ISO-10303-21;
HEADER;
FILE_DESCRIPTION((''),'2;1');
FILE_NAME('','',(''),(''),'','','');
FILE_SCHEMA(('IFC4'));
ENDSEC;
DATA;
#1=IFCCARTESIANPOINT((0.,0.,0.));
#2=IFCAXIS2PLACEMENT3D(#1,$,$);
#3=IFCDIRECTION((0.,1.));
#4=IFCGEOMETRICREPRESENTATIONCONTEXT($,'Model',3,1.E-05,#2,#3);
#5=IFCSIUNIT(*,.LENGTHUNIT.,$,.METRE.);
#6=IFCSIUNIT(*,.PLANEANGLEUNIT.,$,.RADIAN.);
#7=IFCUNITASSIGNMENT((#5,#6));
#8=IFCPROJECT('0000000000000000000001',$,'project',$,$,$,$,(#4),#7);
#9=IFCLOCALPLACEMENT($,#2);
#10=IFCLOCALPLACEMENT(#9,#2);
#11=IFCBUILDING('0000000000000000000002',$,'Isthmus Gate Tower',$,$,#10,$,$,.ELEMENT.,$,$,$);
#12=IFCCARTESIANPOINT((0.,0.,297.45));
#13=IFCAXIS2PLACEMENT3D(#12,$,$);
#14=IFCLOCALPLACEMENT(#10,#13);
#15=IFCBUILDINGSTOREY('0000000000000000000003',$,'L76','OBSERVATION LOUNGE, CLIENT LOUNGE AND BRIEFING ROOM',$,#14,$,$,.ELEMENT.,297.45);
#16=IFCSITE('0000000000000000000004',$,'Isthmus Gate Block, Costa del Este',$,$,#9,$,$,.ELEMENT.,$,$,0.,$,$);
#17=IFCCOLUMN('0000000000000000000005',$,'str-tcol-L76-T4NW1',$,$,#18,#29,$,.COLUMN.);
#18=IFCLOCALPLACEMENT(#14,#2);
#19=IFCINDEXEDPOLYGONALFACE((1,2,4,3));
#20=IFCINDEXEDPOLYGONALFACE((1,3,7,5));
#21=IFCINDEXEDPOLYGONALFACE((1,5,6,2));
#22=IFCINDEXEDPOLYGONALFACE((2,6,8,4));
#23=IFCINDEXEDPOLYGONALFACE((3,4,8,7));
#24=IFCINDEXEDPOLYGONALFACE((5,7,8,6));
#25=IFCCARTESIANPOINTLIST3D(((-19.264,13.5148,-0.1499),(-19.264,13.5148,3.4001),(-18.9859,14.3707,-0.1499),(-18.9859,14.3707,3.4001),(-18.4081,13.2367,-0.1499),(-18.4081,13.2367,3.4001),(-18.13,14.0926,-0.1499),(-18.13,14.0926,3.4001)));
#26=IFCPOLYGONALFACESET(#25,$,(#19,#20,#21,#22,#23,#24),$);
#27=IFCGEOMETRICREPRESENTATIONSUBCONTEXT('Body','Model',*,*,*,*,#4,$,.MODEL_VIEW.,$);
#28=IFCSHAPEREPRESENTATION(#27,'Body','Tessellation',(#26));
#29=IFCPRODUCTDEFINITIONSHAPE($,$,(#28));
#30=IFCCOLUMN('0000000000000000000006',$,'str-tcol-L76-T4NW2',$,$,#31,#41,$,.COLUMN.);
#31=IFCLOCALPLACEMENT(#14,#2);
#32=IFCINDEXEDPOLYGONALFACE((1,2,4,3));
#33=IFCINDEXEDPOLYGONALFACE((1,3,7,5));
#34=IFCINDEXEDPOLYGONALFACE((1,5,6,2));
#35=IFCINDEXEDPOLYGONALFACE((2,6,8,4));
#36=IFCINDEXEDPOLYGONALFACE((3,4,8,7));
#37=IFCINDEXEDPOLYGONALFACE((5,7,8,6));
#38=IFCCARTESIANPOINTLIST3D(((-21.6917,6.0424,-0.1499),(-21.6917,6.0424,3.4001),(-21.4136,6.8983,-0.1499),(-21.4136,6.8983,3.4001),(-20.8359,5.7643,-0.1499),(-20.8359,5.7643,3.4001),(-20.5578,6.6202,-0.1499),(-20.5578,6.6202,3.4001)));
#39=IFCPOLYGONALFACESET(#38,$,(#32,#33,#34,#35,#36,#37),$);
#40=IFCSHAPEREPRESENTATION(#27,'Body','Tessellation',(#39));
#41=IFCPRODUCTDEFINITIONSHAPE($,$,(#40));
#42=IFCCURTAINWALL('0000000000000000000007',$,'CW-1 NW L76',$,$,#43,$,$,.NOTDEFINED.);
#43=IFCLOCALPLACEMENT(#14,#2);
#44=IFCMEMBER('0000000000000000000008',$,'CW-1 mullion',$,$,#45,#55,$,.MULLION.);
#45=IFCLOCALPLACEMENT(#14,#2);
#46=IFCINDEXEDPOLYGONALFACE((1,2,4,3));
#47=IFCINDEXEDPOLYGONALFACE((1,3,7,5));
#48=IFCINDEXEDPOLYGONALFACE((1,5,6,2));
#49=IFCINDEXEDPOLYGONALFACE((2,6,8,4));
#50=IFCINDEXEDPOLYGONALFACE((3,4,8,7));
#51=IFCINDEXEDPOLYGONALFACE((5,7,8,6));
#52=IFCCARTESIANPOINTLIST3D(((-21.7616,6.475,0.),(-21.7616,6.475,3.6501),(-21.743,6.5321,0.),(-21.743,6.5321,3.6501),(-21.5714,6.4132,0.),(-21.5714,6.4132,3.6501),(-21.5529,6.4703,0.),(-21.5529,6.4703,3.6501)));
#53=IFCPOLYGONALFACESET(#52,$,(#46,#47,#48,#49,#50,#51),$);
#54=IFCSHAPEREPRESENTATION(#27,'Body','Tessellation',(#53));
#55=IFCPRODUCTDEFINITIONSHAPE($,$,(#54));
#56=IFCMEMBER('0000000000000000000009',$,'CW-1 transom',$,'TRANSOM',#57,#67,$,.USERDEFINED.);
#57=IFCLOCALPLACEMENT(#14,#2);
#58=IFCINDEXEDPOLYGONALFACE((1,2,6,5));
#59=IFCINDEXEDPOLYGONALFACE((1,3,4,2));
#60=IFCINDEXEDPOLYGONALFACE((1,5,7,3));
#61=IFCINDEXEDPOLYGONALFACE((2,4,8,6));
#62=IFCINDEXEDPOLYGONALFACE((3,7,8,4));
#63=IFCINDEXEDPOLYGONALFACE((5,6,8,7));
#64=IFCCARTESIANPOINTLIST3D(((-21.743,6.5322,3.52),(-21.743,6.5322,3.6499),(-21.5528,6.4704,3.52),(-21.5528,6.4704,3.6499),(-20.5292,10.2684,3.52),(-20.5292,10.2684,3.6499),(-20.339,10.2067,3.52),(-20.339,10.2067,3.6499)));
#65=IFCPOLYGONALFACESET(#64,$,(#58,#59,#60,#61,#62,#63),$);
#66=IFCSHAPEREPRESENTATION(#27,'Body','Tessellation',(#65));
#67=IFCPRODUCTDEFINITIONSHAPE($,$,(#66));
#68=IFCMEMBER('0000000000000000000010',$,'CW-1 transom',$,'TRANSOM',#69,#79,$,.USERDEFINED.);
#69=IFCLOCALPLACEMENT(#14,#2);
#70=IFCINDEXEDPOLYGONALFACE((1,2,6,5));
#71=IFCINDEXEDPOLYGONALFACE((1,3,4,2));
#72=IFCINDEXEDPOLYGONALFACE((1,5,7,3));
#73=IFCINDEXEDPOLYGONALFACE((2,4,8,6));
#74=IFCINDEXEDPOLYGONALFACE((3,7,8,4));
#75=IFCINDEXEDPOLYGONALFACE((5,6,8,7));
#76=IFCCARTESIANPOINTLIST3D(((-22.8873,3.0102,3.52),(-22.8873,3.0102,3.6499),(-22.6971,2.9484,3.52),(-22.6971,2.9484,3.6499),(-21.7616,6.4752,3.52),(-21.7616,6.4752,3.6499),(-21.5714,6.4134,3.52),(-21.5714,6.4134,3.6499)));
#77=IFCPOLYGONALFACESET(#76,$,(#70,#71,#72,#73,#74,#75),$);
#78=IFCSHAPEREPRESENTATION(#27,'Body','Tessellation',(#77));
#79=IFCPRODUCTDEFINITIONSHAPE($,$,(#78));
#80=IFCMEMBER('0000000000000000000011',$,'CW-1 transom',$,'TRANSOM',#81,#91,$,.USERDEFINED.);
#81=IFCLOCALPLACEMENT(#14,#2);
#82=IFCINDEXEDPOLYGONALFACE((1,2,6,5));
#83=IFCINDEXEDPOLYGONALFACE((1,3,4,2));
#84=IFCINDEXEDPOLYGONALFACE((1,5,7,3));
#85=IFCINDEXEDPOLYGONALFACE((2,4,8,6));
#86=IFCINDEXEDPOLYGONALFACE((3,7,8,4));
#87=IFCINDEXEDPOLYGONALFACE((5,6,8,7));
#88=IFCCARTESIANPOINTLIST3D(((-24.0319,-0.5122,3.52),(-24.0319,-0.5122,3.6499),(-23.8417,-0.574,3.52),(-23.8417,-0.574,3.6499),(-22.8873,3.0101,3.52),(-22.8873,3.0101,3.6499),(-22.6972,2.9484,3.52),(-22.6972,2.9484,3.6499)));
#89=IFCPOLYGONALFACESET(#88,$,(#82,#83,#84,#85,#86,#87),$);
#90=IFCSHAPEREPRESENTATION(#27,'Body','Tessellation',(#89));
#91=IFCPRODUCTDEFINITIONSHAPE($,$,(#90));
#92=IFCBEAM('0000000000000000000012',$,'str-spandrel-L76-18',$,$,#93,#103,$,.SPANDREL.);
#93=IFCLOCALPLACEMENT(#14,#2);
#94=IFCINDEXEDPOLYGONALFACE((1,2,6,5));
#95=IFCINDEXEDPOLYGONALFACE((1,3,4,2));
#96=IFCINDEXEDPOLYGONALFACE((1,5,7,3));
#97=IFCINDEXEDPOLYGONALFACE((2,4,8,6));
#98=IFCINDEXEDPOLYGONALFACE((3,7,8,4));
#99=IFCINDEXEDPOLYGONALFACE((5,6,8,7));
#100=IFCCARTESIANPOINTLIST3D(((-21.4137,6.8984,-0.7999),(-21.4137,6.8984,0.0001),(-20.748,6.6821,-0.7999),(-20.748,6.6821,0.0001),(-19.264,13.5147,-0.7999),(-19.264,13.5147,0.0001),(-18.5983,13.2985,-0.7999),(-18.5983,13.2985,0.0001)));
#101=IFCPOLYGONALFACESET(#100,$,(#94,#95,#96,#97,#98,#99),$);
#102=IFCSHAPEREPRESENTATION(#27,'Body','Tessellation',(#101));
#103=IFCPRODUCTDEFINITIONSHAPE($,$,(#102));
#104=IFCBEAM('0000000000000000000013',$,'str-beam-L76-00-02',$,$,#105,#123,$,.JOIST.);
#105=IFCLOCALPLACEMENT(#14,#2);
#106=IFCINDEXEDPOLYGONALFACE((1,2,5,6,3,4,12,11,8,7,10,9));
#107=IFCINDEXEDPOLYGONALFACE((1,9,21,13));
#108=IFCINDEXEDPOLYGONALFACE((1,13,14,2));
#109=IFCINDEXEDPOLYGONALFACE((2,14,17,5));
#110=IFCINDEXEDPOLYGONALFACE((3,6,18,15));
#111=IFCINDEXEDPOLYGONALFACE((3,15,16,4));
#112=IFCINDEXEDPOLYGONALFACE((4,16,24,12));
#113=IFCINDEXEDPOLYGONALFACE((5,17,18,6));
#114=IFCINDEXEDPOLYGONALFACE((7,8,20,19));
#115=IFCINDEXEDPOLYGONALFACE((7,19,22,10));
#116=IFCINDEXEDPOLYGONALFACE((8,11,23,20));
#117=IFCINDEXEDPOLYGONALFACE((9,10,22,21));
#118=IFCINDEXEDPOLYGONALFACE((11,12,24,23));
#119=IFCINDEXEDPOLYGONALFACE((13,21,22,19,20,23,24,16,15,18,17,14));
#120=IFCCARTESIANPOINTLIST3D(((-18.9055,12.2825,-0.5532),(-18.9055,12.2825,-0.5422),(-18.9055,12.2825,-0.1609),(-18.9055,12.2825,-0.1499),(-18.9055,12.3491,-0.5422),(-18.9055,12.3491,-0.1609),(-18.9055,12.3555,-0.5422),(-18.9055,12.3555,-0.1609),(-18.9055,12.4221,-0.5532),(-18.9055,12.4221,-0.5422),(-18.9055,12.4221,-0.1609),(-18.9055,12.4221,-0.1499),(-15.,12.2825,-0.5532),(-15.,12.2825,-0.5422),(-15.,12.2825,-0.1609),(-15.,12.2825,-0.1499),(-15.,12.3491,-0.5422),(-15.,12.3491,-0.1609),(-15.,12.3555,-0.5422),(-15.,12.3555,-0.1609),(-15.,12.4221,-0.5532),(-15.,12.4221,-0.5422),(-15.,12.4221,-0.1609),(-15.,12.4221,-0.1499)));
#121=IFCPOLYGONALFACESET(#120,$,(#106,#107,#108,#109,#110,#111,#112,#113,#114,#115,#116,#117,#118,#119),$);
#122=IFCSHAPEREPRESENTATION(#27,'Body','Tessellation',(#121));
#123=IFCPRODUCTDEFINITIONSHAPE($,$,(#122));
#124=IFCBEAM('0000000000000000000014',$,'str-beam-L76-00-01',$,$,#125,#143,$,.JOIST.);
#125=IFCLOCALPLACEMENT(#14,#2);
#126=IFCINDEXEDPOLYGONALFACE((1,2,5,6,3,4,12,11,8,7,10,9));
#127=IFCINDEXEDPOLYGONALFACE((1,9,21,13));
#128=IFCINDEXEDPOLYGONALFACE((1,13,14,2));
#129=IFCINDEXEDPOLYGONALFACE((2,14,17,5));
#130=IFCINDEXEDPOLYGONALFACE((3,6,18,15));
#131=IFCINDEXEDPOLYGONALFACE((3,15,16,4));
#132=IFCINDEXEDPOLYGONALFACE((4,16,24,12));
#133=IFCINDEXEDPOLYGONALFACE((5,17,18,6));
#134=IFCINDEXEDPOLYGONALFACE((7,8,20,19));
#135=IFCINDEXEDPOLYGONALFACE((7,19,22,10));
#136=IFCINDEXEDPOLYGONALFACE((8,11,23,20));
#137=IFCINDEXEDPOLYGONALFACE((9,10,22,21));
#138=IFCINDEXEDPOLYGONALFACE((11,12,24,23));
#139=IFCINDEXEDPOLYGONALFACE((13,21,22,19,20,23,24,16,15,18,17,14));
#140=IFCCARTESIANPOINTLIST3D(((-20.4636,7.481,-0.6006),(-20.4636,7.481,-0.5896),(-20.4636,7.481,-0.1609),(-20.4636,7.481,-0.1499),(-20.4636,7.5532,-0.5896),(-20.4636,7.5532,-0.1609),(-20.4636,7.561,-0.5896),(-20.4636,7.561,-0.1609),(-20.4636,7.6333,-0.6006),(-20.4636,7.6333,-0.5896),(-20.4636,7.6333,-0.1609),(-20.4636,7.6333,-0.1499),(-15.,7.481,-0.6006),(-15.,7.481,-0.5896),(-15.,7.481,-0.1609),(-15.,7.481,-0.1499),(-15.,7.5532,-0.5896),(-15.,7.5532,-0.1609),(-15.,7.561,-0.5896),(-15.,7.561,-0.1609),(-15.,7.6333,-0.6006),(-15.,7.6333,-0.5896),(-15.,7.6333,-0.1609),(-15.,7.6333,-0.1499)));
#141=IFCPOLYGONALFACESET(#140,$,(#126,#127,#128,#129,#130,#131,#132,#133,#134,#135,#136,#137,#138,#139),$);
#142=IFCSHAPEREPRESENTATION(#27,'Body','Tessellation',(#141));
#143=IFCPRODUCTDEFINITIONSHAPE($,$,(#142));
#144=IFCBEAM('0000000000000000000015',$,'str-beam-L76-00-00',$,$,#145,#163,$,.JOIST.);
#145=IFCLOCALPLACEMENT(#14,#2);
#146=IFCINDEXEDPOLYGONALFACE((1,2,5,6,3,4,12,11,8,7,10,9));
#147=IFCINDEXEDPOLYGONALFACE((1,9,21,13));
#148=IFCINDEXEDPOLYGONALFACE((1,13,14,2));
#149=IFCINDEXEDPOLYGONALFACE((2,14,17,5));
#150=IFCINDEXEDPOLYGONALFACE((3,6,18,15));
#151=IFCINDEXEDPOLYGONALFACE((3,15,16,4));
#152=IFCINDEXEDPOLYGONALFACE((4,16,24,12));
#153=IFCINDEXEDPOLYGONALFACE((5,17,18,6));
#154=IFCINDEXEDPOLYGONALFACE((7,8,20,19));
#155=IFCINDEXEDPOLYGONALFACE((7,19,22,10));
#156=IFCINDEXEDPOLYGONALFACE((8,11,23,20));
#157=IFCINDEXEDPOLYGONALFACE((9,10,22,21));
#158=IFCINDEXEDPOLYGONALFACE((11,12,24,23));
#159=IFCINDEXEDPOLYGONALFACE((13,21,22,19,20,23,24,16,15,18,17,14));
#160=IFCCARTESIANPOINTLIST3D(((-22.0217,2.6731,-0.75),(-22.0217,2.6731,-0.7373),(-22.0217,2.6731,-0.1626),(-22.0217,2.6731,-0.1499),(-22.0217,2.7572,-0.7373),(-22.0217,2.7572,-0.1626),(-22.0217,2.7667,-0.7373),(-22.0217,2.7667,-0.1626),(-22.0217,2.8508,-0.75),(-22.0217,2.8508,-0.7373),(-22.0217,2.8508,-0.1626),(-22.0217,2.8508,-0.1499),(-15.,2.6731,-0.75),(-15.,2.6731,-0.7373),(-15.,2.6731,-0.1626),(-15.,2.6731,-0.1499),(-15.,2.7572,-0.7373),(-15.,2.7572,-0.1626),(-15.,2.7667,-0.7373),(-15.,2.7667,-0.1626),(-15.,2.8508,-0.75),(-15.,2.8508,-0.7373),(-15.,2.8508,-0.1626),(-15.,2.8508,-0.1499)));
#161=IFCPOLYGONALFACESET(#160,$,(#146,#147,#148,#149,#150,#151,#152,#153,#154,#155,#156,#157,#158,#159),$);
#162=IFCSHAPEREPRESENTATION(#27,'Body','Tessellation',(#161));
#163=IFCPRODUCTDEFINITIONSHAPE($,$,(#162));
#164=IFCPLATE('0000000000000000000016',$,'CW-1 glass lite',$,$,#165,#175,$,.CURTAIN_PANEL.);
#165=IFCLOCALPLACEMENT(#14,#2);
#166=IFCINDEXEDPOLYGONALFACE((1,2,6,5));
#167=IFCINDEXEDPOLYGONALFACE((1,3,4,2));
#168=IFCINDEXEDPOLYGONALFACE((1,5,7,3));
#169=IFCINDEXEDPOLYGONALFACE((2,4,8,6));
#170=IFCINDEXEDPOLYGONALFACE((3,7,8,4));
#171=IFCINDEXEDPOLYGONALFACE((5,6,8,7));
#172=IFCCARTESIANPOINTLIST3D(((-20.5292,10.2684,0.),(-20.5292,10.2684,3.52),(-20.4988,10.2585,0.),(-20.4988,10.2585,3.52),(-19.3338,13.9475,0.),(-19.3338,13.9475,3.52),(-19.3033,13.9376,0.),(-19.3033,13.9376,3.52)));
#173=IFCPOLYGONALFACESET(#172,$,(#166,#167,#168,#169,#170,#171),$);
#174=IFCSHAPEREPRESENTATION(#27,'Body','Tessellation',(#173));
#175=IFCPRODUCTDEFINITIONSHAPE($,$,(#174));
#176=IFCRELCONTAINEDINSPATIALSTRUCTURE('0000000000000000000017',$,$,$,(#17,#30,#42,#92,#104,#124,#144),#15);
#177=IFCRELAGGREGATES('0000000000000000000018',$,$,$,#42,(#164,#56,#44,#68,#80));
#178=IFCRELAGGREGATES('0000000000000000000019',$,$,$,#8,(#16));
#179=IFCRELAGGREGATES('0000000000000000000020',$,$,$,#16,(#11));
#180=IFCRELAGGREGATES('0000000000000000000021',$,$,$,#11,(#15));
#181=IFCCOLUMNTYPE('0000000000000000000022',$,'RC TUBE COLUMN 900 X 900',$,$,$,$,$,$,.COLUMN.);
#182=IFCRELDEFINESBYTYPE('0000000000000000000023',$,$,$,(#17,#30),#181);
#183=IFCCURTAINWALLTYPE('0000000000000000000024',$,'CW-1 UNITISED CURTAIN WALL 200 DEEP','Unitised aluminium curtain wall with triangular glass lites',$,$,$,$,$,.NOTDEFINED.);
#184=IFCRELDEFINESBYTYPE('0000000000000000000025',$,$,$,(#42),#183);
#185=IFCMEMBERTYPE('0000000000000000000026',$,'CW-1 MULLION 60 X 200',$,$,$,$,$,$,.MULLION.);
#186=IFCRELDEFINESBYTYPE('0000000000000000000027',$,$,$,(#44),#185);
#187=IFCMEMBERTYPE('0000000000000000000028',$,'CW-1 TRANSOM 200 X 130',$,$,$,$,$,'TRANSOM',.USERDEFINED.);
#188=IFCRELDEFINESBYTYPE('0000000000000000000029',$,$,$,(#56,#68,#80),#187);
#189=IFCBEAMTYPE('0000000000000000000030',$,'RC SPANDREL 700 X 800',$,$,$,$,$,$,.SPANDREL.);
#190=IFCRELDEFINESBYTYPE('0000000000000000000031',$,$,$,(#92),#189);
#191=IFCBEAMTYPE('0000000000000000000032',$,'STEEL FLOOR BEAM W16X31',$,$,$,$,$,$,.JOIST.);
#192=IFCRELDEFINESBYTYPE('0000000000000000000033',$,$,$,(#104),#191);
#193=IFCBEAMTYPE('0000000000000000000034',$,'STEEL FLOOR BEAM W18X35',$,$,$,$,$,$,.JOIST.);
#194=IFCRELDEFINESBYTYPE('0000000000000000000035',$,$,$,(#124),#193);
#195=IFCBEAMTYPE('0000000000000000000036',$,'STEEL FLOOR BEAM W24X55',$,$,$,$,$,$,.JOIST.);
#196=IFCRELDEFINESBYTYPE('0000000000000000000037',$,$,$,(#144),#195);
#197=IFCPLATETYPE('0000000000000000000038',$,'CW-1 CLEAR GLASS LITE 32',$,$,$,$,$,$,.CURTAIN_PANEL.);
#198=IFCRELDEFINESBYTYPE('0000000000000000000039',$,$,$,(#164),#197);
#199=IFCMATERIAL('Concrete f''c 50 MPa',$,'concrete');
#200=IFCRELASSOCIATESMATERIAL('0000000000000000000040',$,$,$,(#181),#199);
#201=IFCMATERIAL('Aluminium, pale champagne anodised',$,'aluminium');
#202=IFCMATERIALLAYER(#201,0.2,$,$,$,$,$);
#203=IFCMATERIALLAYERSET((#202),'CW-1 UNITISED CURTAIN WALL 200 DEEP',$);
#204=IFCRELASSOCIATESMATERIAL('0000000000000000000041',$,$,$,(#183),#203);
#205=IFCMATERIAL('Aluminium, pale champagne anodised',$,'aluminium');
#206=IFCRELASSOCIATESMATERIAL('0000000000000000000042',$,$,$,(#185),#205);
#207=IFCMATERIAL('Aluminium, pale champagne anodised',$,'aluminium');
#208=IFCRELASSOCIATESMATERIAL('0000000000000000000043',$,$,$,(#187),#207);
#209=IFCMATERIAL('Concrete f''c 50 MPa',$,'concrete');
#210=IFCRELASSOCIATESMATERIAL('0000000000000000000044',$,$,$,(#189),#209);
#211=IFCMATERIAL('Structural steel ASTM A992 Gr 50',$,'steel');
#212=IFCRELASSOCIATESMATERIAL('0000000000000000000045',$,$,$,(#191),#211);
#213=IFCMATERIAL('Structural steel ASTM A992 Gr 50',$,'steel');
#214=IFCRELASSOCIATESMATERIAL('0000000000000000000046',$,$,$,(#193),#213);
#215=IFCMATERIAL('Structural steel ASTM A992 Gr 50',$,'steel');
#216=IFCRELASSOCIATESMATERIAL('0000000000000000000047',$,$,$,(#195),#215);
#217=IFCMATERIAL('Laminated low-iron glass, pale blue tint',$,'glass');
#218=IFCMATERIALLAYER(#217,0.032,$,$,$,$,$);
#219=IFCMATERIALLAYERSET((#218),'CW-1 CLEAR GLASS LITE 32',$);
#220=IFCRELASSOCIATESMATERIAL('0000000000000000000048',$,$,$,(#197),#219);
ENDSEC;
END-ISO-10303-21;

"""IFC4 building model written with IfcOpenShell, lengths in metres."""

from ifc_helpers import new_model, si_unit, direction, frame, origin, origin_2d, place, context, subcontext, project, spatial, rectangle, i_section, extrude, material, layer, layer_set, material_profile, profile_set, type_object, element, aggregate, save


model = new_model("IFC4")

# Units and contexts
model_context = context("Model", 3, precision=1e-05, world=origin(), true_north=direction((0.0, 1.0)))
body_context = subcontext(model_context, "Body", "Model", "MODEL_VIEW")
ifc_project = project(units=[si_unit("LENGTHUNIT", "METRE"), si_unit("PLANEANGLEUNIT", "RADIAN")], contexts=[model_context])

# Site, building, storey
site_placement = place(None, origin())
site = spatial("IfcSite", under=ifc_project, at=site_placement, Name="Isthmus Gate Block, Costa del Este", CompositionType="ELEMENT", RefElevation=0.0)
building_placement = place(site_placement, origin())
building = spatial("IfcBuilding", under=site, at=building_placement, Name="Isthmus Gate Tower", CompositionType="ELEMENT")
storey_placement = place(building_placement, frame((0.0, 0.0, 297.45)))
storey = spatial("IfcBuildingStorey", under=building, at=storey_placement, Name="L76", Description="OBSERVATION LOUNGE, CLIENT LOUNGE AND BRIEFING ROOM", CompositionType="ELEMENT", Elevation=297.45)

# Columns
ifc_material_1 = material(Name="Concrete f'c 50 MPa", Category="concrete")
ifc_material_profile_1 = material_profile(ifc_material_1, rectangle(XDim=0.8999, YDim=0.8999, at=origin_2d()), Name="RC 900X900")
ifc_profile_set_1 = profile_set([ifc_material_profile_1], Name="Concrete f'c 50 MPa")
column_type = type_object("IfcColumnType", Name="RC TUBE COLUMN 900 X 900", PredefinedType="COLUMN", material=ifc_profile_set_1)
for number, where, z_axis, x_axis, name in (
    (1, (-18.697, 13.8037, -0.1499), (0.0, 0.0, 1.0), (-0.309017, -0.951057, 0.0), "str-tcol-L76-T4NW1"),
    (2, (-21.1248, 6.3313, -0.1499), (0.0, 0.0, 1.0), (-0.309017, -0.951057, 0.0), "str-tcol-L76-T4NW2"),
):
    element("IfcColumn", number, at=place(storey_placement, frame(where, z_axis=z_axis, x_axis=x_axis)), inside=storey, type_object=column_type, Name=name, PredefinedType="COLUMN", context=body_context, shape_type="SweptSolid", body=[
        extrude(rectangle(XDim=0.8999, YDim=0.8999, at=origin_2d()), origin(), (0.0, 0.0, 1.0), 3.55),
    ])

# Curtain wall, members
ifc_material_2 = material(Name="Aluminium, pale champagne anodised", Category="aluminium")
ifc_layer_1 = layer(ifc_material_2, 0.2)
ifc_layer_set_1 = layer_set([ifc_layer_1], Name="CW-1 UNITISED CURTAIN WALL 200 DEEP")
curtain_wall_type = type_object("IfcCurtainWallType", Name="CW-1 UNITISED CURTAIN WALL 200 DEEP", Description="Unitised aluminium curtain wall with triangular glass lites", PredefinedType="NOTDEFINED", material=ifc_layer_set_1)
curtain_wall_placement = place(storey_placement, origin())
curtain_wall = element("IfcCurtainWall", 3, at=curtain_wall_placement, inside=storey, type_object=curtain_wall_type, Name="CW-1 NW L76", PredefinedType="NOTDEFINED")
ifc_material_3 = material(Name="Aluminium, pale champagne anodised", Category="aluminium")
ifc_material_profile_2 = material_profile(ifc_material_3, rectangle(XDim=0.0601, YDim=0.2, at=origin_2d()), Name="60x200")
ifc_profile_set_2 = profile_set([ifc_material_profile_2], Name="Aluminium, pale champagne anodised")
member_type_1 = type_object("IfcMemberType", Name="CW-1 MULLION 60 X 200", PredefinedType="MULLION", material=ifc_profile_set_2)
member_1_placement = place(storey_placement, frame((-21.6572, 6.4727, 0.0), z_axis=(0.0, 0.0, 1.0), x_axis=(-0.309017, -0.951057, 0.0)))
member_1 = element("IfcMember", 4, at=member_1_placement, type_object=member_type_1, Name="CW-1 mullion", PredefinedType="MULLION", context=body_context, shape_type="SweptSolid", body=[
    extrude(rectangle(XDim=0.0601, YDim=0.2, at=origin_2d()), origin(), (0.0, 0.0, 1.0), 3.6501),
])
ifc_material_4 = material(Name="Aluminium, pale champagne anodised", Category="aluminium")
ifc_material_profile_3 = material_profile(ifc_material_4, rectangle(XDim=0.2, YDim=0.1299, at=origin_2d()), Name="200x130")
ifc_profile_set_3 = profile_set([ifc_material_profile_3], Name="Aluminium, pale champagne anodised")
member_type_2 = type_object("IfcMemberType", Name="CW-1 TRANSOM 200 X 130", ElementType="TRANSOM", PredefinedType="USERDEFINED", material=ifc_profile_set_3)
member_2_placement = place(storey_placement, frame((-20.4341, 10.2375, 3.585), z_axis=(-0.308985, -0.951067, 0.0), x_axis=(0.951067, -0.308985, 0.0)))
member_2 = element("IfcMember", 5, at=member_2_placement, type_object=member_type_2, Name="CW-1 transom", ObjectType="TRANSOM", PredefinedType="USERDEFINED", context=body_context, shape_type="SweptSolid", body=[
    extrude(rectangle(XDim=0.2, YDim=0.1299, at=origin_2d()), origin(), (0.0, 0.0, 1.0), 3.9285),
])
member_3_placement = place(storey_placement, frame((-21.6665, 6.4443, 3.585), z_axis=(-0.308982, -0.951068, 0.0), x_axis=(0.951068, -0.308982, 0.0)))
member_3 = element("IfcMember", 6, at=member_3_placement, type_object=member_type_2, Name="CW-1 transom", ObjectType="TRANSOM", PredefinedType="USERDEFINED", context=body_context, shape_type="SweptSolid", body=[
    extrude(rectangle(XDim=0.2, YDim=0.1299, at=origin_2d()), origin(), (0.0, 0.0, 1.0), 3.6433),
])
member_4_placement = place(storey_placement, frame((-22.7922, 2.9792, 3.585), z_axis=(-0.30904, -0.951049, 0.0), x_axis=(0.951049, -0.30904, 0.0)))
member_4 = element("IfcMember", 7, at=member_4_placement, type_object=member_type_2, Name="CW-1 transom", ObjectType="TRANSOM", PredefinedType="USERDEFINED", context=body_context, shape_type="SweptSolid", body=[
    extrude(rectangle(XDim=0.2, YDim=0.1299, at=origin_2d()), origin(), (0.0, 0.0, 1.0), 3.7036),
])

# Beams
ifc_material_5 = material(Name="Concrete f'c 50 MPa", Category="concrete")
ifc_material_profile_4 = material_profile(ifc_material_5, rectangle(XDim=0.7, YDim=0.8, at=origin_2d()), Name="RC 700X800")
ifc_profile_set_4 = profile_set([ifc_material_profile_4], Name="Concrete f'c 50 MPa")
beam_type_1 = type_object("IfcBeamType", Name="RC SPANDREL 700 X 800", PredefinedType="SPANDREL", material=ifc_profile_set_4)
beam_1_placement = place(storey_placement, frame((-21.0808, 6.7903, -0.3999), z_axis=(0.309007, 0.95106, 0.0), x_axis=(-0.95106, 0.309007, 0.0)))
element("IfcBeam", 8, at=beam_1_placement, inside=storey, type_object=beam_type_1, Name="str-spandrel-L76-18", PredefinedType="SPANDREL", context=body_context, shape_type="SweptSolid", body=[
    extrude(rectangle(XDim=0.7, YDim=0.8, at=origin_2d()), origin(), (0.0, 0.0, 1.0), 6.9568),
])
ifc_material_6 = material(Name="Structural steel ASTM A992 Gr 50", Category="steel")
ifc_material_profile_5 = material_profile(ifc_material_6, i_section(OverallWidth=0.1396, OverallDepth=0.4033, WebThickness=0.0063, FlangeThickness=0.011, at=origin_2d()), Name="W16X31")
ifc_profile_set_5 = profile_set([ifc_material_profile_5], Name="Structural steel ASTM A992 Gr 50")
beam_type_2 = type_object("IfcBeamType", Name="STEEL FLOOR BEAM W16X31", PredefinedType="JOIST", material=ifc_profile_set_5)
beam_2_placement = place(storey_placement, frame((-18.9055, 12.3523, -0.3516), z_axis=(1.0, 0.0, 0.0), x_axis=(0.0, 1.0, 0.0)))
element("IfcBeam", 9, at=beam_2_placement, inside=storey, type_object=beam_type_2, Name="str-beam-L76-00-02", PredefinedType="JOIST", context=body_context, shape_type="SweptSolid", body=[
    extrude(i_section(OverallWidth=0.1396, OverallDepth=0.4033, WebThickness=0.0063, FlangeThickness=0.011, at=origin_2d()), origin(), (0.0, 0.0, 1.0), 3.9055),
])
ifc_material_7 = material(Name="Structural steel ASTM A992 Gr 50", Category="steel")
ifc_material_profile_6 = material_profile(ifc_material_7, i_section(OverallWidth=0.1523, OverallDepth=0.4507, WebThickness=0.0078, FlangeThickness=0.011, at=origin_2d()), Name="W18X35")
ifc_profile_set_6 = profile_set([ifc_material_profile_6], Name="Structural steel ASTM A992 Gr 50")
beam_type_3 = type_object("IfcBeamType", Name="STEEL FLOOR BEAM W18X35", PredefinedType="JOIST", material=ifc_profile_set_6)
beam_3_placement = place(storey_placement, frame((-20.4636, 7.5571, -0.3752), z_axis=(1.0, 0.0, 0.0), x_axis=(0.0, 1.0, 0.0)))
element("IfcBeam", 10, at=beam_3_placement, inside=storey, type_object=beam_type_3, Name="str-beam-L76-00-01", PredefinedType="JOIST", context=body_context, shape_type="SweptSolid", body=[
    extrude(i_section(OverallWidth=0.1523, OverallDepth=0.4507, WebThickness=0.0078, FlangeThickness=0.011, at=origin_2d()), origin(), (0.0, 0.0, 1.0), 5.4636),
])
ifc_material_8 = material(Name="Structural steel ASTM A992 Gr 50", Category="steel")
ifc_material_profile_7 = material_profile(ifc_material_8, i_section(OverallWidth=0.1777, OverallDepth=0.6001, WebThickness=0.0095, FlangeThickness=0.0127, at=origin_2d()), Name="W24X55")
ifc_profile_set_7 = profile_set([ifc_material_profile_7], Name="Structural steel ASTM A992 Gr 50")
beam_type_4 = type_object("IfcBeamType", Name="STEEL FLOOR BEAM W24X55", PredefinedType="JOIST", material=ifc_profile_set_7)
beam_4_placement = place(storey_placement, frame((-22.0217, 2.762, -0.45), z_axis=(1.0, 0.0, 0.0), x_axis=(0.0, 1.0, 0.0)))
element("IfcBeam", 11, at=beam_4_placement, inside=storey, type_object=beam_type_4, Name="str-beam-L76-00-00", PredefinedType="JOIST", context=body_context, shape_type="SweptSolid", body=[
    extrude(i_section(OverallWidth=0.1777, OverallDepth=0.6001, WebThickness=0.0095, FlangeThickness=0.0127, at=origin_2d()), origin(), (0.0, 0.0, 1.0), 7.0217),
])

# Plate
ifc_material_9 = material(Name="Laminated low-iron glass, pale blue tint", Category="glass")
ifc_layer_2 = layer(ifc_material_9, 0.032)
ifc_layer_set_2 = layer_set([ifc_layer_2], Name="CW-1 CLEAR GLASS LITE 32")
plate_type = type_object("IfcPlateType", Name="CW-1 CLEAR GLASS LITE 32", PredefinedType="CURTAIN_PANEL", material=ifc_layer_set_2)
plate_1_placement = place(storey_placement, frame((-19.9163, 12.103, 0.0), z_axis=(0.0, 0.0, 1.0), x_axis=(-0.309017, -0.951057, 0.0)))
plate_1 = element("IfcPlate", 12, at=plate_1_placement, type_object=plate_type, Name="CW-1 glass lite", PredefinedType="CURTAIN_PANEL", context=body_context, shape_type="SweptSolid", body=[
    extrude(rectangle(XDim=3.8684, YDim=0.032, at=origin_2d()), origin(), (0.0, 0.0, 1.0), 3.52),
])

aggregate(curtain_wall, [plate_1, member_2, member_1, member_3, member_4])

save(model, "model.ifc")
